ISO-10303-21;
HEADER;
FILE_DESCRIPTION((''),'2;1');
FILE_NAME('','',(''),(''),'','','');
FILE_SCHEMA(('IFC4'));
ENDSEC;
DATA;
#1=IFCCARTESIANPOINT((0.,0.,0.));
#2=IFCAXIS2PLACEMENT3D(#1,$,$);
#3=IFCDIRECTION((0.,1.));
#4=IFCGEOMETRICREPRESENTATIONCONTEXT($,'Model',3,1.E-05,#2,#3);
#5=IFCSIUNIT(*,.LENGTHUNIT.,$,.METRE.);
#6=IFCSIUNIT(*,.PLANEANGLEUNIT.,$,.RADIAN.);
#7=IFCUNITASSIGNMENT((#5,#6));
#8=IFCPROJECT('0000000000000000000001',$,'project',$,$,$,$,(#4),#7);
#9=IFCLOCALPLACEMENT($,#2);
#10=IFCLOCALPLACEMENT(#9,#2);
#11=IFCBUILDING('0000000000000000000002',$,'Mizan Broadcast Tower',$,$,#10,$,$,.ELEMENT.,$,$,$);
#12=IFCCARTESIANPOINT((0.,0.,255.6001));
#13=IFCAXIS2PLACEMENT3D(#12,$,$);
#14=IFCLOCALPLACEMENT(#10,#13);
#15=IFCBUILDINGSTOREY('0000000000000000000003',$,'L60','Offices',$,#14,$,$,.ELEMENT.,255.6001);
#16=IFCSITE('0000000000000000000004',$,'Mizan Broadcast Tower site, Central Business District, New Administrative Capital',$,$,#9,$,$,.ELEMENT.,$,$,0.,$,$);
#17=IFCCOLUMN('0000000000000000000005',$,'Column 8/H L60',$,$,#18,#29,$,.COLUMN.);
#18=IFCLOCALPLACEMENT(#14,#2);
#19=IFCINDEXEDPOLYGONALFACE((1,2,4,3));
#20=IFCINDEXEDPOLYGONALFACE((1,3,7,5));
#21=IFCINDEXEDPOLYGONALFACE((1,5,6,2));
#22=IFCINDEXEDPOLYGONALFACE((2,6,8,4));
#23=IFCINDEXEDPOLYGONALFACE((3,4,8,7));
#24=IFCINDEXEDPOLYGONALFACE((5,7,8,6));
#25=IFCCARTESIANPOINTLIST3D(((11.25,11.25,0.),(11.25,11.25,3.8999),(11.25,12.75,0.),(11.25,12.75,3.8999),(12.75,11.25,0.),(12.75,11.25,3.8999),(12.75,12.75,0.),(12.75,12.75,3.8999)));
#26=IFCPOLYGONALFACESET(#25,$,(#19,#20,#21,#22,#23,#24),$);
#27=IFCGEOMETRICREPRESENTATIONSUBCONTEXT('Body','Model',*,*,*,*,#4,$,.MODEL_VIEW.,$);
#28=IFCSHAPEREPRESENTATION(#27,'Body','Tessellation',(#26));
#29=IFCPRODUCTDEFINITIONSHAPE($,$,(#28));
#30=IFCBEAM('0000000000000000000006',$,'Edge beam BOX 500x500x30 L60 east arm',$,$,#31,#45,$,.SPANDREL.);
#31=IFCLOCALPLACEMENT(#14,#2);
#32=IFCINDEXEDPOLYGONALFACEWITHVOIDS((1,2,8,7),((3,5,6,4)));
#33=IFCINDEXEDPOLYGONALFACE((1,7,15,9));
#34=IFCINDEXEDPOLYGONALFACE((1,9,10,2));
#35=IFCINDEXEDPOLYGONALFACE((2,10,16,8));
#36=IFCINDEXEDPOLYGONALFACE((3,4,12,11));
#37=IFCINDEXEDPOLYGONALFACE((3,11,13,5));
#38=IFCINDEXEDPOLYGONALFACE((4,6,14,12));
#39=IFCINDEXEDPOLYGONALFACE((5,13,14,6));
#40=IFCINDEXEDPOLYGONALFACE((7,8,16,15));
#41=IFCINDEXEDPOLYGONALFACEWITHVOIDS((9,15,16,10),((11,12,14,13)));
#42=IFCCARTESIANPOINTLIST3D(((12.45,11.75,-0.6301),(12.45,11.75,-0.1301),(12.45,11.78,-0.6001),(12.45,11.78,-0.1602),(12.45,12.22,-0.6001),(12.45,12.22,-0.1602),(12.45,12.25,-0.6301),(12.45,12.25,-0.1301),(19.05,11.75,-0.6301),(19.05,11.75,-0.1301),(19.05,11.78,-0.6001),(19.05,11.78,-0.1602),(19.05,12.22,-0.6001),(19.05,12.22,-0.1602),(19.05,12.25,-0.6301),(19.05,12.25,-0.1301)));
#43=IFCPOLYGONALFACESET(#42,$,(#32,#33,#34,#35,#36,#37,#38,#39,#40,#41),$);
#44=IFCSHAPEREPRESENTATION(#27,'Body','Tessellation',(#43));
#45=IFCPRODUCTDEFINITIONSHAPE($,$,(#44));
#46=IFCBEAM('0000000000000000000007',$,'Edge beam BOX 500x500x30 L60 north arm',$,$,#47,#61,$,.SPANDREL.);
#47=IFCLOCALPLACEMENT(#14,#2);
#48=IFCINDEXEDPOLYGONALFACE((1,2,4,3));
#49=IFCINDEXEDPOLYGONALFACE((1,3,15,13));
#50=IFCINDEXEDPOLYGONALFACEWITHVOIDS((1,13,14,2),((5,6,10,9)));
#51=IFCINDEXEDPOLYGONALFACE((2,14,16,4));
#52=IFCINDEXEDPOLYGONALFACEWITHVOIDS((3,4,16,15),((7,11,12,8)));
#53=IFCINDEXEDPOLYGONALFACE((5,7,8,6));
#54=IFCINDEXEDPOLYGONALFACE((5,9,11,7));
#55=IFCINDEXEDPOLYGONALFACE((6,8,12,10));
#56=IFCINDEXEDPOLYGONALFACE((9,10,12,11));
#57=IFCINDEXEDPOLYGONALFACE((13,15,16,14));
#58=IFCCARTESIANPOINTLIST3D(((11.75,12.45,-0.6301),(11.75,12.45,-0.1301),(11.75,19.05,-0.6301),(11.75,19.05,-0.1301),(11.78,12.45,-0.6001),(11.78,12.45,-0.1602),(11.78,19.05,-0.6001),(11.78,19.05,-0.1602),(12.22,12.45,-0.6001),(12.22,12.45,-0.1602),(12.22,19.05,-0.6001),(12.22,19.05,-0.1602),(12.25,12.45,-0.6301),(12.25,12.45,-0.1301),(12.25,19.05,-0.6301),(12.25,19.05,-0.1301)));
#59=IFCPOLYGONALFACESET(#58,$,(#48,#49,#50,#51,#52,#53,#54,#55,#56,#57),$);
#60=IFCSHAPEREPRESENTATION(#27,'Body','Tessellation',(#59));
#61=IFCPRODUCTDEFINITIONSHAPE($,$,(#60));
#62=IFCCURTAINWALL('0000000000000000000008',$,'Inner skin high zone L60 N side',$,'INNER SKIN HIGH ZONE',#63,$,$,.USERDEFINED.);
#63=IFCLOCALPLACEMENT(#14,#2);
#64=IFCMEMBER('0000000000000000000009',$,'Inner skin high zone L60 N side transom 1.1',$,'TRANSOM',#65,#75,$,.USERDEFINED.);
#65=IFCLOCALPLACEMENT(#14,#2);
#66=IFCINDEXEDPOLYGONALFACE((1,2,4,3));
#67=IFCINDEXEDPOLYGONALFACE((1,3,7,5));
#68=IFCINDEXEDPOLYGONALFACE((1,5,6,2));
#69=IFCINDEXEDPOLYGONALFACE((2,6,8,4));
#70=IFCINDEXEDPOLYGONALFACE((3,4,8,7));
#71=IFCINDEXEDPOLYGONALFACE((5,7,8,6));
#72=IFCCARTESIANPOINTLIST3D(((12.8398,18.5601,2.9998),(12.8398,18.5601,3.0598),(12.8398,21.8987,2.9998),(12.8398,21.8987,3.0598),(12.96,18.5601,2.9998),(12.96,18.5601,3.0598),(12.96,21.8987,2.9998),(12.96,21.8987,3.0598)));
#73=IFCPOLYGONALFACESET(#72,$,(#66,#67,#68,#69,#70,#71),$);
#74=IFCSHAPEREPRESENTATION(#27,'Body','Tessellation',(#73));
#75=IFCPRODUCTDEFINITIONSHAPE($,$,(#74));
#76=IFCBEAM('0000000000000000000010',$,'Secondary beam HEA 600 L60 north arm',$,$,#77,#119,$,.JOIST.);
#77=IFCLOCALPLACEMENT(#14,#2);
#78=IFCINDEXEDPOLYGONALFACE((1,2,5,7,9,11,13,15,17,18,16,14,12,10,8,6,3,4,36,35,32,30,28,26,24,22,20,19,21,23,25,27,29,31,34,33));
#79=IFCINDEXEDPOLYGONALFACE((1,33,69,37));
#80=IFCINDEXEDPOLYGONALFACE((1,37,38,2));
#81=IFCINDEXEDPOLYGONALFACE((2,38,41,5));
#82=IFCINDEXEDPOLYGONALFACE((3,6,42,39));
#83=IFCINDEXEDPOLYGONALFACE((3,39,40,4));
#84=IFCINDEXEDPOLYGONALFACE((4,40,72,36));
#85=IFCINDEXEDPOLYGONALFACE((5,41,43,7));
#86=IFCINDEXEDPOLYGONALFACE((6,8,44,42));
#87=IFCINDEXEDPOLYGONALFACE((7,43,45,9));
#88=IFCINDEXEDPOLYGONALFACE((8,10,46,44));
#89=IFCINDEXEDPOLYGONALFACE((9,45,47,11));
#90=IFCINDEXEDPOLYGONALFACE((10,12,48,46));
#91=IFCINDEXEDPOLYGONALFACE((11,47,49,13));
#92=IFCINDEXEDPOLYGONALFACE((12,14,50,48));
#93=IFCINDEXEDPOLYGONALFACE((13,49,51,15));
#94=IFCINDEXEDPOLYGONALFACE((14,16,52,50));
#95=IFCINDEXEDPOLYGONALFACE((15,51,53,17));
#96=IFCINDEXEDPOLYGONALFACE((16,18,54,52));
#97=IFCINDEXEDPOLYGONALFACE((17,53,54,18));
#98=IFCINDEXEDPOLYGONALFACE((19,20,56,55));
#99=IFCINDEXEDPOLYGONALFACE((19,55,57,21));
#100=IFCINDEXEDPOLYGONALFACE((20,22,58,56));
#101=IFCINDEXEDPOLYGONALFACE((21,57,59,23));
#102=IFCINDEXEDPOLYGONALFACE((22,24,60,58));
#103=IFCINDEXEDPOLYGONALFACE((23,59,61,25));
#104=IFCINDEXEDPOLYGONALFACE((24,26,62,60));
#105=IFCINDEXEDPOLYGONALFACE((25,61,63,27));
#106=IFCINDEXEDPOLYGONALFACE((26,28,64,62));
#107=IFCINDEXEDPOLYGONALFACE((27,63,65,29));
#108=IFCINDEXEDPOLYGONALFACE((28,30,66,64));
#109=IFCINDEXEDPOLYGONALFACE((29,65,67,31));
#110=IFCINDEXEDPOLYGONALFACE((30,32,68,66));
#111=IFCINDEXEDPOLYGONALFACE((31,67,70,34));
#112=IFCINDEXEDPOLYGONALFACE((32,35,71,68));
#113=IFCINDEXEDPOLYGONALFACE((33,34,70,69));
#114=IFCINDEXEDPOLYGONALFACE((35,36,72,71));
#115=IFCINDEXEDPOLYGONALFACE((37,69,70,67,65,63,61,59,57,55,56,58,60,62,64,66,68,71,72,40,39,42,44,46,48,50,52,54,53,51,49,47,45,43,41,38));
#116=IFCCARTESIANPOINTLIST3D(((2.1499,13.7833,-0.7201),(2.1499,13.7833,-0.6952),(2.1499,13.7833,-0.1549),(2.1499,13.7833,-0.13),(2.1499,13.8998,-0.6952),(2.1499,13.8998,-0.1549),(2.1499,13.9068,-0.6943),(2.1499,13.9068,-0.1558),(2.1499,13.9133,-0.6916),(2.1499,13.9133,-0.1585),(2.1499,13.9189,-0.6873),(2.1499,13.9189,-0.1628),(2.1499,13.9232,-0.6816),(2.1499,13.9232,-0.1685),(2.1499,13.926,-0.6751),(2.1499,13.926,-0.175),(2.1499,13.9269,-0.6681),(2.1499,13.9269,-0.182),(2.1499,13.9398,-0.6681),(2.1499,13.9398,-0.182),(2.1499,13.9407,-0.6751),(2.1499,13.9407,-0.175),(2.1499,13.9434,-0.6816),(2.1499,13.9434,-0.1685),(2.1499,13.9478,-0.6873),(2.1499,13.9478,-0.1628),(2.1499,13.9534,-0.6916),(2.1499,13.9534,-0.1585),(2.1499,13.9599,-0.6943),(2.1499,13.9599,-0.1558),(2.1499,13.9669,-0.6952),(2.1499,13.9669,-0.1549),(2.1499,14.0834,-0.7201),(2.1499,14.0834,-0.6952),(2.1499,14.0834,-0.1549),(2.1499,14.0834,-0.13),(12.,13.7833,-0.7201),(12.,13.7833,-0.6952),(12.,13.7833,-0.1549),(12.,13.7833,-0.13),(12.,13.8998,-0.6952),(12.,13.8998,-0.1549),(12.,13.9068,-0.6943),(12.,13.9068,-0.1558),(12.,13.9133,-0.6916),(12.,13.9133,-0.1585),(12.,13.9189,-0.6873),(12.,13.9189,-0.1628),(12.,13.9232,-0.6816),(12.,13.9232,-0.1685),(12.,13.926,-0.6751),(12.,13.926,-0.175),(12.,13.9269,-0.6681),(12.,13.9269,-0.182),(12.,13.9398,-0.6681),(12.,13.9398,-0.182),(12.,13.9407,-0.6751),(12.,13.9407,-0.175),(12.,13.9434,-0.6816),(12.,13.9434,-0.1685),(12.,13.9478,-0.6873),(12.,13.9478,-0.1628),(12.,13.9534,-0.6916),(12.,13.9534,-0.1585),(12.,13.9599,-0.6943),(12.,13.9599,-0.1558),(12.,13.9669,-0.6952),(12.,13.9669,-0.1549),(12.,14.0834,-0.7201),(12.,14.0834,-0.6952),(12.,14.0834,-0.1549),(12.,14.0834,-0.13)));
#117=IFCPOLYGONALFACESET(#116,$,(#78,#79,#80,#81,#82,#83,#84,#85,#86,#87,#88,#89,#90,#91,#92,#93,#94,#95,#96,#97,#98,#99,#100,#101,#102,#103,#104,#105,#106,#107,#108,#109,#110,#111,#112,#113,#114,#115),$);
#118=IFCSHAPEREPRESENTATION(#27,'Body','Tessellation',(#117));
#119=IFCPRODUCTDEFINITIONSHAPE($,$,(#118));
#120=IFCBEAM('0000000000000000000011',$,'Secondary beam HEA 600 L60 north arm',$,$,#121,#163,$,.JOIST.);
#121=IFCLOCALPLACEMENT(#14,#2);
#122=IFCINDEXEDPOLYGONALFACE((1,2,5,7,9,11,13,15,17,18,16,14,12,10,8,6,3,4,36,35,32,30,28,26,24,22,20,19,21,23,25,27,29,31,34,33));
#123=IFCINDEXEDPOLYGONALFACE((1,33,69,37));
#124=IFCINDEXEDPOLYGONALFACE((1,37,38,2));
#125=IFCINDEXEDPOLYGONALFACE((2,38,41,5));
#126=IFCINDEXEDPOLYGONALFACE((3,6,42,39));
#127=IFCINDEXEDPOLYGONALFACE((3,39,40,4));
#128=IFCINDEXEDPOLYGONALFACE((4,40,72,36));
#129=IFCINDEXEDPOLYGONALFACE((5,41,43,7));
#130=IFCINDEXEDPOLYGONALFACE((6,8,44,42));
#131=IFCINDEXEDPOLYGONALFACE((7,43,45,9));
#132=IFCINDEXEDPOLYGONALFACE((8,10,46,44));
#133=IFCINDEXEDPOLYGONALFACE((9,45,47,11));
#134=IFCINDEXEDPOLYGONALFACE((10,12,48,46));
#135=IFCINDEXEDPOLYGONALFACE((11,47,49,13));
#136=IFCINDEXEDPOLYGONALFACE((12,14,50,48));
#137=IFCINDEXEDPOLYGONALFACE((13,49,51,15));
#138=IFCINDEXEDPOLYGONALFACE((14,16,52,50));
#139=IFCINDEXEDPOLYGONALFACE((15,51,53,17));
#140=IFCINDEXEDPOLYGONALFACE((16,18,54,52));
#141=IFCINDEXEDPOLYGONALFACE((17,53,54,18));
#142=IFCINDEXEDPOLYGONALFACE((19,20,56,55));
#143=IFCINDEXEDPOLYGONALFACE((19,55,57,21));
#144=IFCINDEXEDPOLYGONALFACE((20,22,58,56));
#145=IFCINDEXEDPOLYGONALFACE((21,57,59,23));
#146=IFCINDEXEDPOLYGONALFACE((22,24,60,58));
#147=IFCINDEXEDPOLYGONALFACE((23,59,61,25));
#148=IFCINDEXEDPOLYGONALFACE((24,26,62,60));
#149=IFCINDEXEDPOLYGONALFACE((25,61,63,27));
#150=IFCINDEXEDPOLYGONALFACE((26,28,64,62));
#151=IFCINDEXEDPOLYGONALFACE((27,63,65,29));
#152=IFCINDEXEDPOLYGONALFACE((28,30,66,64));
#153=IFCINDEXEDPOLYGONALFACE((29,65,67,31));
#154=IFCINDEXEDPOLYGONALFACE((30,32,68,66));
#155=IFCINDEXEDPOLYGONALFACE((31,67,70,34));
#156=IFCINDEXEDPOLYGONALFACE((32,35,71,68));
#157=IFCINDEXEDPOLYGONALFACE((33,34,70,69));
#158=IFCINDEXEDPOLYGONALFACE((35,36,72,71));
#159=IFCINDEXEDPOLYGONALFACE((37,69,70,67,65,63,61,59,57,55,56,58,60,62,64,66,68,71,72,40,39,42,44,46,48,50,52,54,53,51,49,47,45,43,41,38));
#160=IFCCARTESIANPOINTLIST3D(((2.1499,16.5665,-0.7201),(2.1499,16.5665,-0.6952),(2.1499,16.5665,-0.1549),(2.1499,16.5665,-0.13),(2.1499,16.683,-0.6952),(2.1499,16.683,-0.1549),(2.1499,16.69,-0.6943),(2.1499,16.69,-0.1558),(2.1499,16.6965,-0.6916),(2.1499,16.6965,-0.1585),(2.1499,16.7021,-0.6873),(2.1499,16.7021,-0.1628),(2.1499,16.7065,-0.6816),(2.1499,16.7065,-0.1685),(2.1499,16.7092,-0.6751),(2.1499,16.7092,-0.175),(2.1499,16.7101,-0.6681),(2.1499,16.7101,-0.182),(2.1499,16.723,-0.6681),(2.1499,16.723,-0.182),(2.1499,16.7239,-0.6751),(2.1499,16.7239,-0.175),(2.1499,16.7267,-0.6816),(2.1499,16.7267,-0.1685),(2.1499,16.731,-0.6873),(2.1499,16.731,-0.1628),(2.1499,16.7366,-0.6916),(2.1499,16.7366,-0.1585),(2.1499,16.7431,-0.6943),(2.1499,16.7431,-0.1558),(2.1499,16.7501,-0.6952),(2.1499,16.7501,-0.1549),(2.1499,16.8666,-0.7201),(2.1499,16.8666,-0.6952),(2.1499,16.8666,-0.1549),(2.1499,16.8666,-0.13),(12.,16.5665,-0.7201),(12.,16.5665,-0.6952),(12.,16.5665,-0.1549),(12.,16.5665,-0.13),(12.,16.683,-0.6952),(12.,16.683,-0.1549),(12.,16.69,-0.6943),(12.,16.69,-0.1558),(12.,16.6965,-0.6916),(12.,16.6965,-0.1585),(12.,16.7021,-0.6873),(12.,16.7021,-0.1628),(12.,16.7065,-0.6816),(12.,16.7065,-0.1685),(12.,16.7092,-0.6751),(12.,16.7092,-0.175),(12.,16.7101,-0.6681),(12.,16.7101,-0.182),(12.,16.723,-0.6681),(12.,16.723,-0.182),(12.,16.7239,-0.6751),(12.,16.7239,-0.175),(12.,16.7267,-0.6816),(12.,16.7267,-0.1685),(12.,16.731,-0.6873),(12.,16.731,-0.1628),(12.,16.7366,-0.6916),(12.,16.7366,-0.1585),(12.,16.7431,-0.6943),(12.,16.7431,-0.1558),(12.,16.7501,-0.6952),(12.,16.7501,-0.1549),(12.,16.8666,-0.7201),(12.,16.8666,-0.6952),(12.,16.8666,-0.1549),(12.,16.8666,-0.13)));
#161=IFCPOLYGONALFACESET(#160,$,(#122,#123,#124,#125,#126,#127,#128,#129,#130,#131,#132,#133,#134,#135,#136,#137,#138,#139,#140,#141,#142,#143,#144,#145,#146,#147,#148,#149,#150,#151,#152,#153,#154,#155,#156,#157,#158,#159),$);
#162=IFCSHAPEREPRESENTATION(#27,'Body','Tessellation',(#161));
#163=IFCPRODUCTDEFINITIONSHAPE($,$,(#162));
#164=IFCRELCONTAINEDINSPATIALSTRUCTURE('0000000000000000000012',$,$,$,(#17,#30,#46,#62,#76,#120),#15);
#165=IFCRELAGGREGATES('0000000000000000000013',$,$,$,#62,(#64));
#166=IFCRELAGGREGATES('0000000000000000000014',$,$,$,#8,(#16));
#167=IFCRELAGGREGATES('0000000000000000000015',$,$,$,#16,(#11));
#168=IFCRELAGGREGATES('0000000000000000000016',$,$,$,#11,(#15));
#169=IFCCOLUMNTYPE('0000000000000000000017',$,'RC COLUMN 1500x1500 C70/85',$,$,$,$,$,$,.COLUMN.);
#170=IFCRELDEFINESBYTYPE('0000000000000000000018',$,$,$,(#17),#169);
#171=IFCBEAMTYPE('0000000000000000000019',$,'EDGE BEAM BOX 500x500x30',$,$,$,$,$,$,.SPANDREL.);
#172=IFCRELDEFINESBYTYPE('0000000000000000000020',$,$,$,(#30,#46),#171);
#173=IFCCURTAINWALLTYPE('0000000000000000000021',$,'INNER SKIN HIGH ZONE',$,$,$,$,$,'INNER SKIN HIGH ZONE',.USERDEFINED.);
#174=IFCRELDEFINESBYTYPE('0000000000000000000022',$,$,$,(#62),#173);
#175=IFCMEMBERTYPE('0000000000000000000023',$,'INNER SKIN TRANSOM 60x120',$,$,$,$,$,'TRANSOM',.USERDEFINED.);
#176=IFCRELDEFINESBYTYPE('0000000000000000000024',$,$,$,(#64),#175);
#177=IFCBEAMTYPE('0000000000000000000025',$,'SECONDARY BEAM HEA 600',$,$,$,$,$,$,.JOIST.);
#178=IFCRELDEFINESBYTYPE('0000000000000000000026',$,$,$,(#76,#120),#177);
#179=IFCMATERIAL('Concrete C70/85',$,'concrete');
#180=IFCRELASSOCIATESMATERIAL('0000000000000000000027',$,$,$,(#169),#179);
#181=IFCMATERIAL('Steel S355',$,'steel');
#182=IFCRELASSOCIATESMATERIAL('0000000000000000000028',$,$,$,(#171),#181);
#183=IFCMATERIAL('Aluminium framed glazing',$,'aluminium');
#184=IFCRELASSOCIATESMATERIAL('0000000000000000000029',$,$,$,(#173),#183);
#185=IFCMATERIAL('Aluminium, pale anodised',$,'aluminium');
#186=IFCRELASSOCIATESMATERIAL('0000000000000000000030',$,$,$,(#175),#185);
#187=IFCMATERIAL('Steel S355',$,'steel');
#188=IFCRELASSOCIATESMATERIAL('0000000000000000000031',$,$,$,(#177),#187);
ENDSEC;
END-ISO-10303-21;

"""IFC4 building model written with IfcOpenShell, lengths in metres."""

from ifc_helpers import new_model, si_unit, direction, frame, origin, origin_2d, place, context, subcontext, project, spatial, rectangle, hollow_rectangle, i_section, extrude, material, material_profile, profile_set, type_object, element, aggregate, save


model = new_model("IFC4")

# Units and contexts
model_context = context("Model", 3, precision=1e-05, world=origin(), true_north=direction((0.0, 1.0)))
body_context = subcontext(model_context, "Body", "Model", "MODEL_VIEW")
ifc_project = project(units=[si_unit("LENGTHUNIT", "METRE"), si_unit("PLANEANGLEUNIT", "RADIAN")], contexts=[model_context])

# Site, building, storey
site_placement = place(None, origin())
site = spatial("IfcSite", under=ifc_project, at=site_placement, Name="Mizan Broadcast Tower site, Central Business District, New Administrative Capital", CompositionType="ELEMENT", RefElevation=0.0)
building_placement = place(site_placement, origin())
building = spatial("IfcBuilding", under=site, at=building_placement, Name="Mizan Broadcast Tower", CompositionType="ELEMENT")
storey_placement = place(building_placement, frame((0.0, 0.0, 255.6001)))
storey = spatial("IfcBuildingStorey", under=building, at=storey_placement, Name="L60", Description="Offices", CompositionType="ELEMENT", Elevation=255.6001)

# Column
ifc_material_1 = material(Name="Concrete C70/85", Category="concrete")
ifc_material_profile_1 = material_profile(ifc_material_1, rectangle(XDim=1.5, YDim=1.5, at=origin_2d()), Name="RC 1500x1500")
ifc_profile_set_1 = profile_set([ifc_material_profile_1], Name="Concrete C70/85")
column_type = type_object("IfcColumnType", Name="RC COLUMN 1500x1500 C70/85", PredefinedType="COLUMN", material=ifc_profile_set_1)
column_placement = place(storey_placement, frame((12.0, 12.0, 0.0), z_axis=(0.0, 0.0, 1.0), x_axis=(1.0, 0.0, 0.0)))
element("IfcColumn", 1, at=column_placement, inside=storey, type_object=column_type, Name="Column 8/H L60", PredefinedType="COLUMN", context=body_context, shape_type="SweptSolid", body=[
    extrude(rectangle(XDim=1.5, YDim=1.5, at=origin_2d()), origin(), (0.0, 0.0, 1.0), 3.8999),
])

# Beams
ifc_material_2 = material(Name="Steel S355", Category="steel")
ifc_material_profile_2 = material_profile(ifc_material_2, hollow_rectangle(XDim=0.5, YDim=0.5, WallThickness=0.03, at=origin_2d()), Name="BOX 500x500x30")
ifc_profile_set_2 = profile_set([ifc_material_profile_2], Name="Steel S355")
beam_type_1 = type_object("IfcBeamType", Name="EDGE BEAM BOX 500x500x30", PredefinedType="SPANDREL", material=ifc_profile_set_2)
for number, where, z_axis, x_axis, name in (
    (2, (12.45, 12.0, -0.3801), (1.0, 0.0, 0.0), (0.0, 1.0, 0.0), "Edge beam BOX 500x500x30 L60 east arm"),
    (3, (12.0, 12.45, -0.3801), (0.0, 1.0, 0.0), (-1.0, 0.0, 0.0), "Edge beam BOX 500x500x30 L60 north arm"),
):
    element("IfcBeam", number, at=place(storey_placement, frame(where, z_axis=z_axis, x_axis=x_axis)), inside=storey, type_object=beam_type_1, Name=name, PredefinedType="SPANDREL", context=body_context, shape_type="SweptSolid", body=[
        extrude(hollow_rectangle(XDim=0.5, YDim=0.5, WallThickness=0.03, at=origin_2d()), origin(), (0.0, 0.0, 1.0), 6.6001),
    ])

# Curtain wall, member
ifc_material_3 = material(Name="Aluminium framed glazing", Category="aluminium")
curtain_wall_type = type_object("IfcCurtainWallType", Name="INNER SKIN HIGH ZONE", ElementType="INNER SKIN HIGH ZONE", PredefinedType="USERDEFINED", material=ifc_material_3)
curtain_wall_placement = place(storey_placement, origin())
curtain_wall = element("IfcCurtainWall", 4, at=curtain_wall_placement, inside=storey, type_object=curtain_wall_type, Name="Inner skin high zone L60 N side", ObjectType="INNER SKIN HIGH ZONE", PredefinedType="USERDEFINED")
ifc_material_4 = material(Name="Aluminium, pale anodised", Category="aluminium")
ifc_material_profile_3 = material_profile(ifc_material_4, rectangle(XDim=0.1201, YDim=0.0601, at=origin_2d()), Name="TRANSOM 120x60")
ifc_profile_set_3 = profile_set([ifc_material_profile_3], Name="Aluminium, pale anodised")
member_type = type_object("IfcMemberType", Name="INNER SKIN TRANSOM 60x120", ElementType="TRANSOM", PredefinedType="USERDEFINED", material=ifc_profile_set_3)
member_placement = place(storey_placement, frame((12.8999, 18.5601, 3.0298), z_axis=(0.0, 1.0, 0.0), x_axis=(-1.0, 0.0, 0.0)))
member = element("IfcMember", 5, at=member_placement, type_object=member_type, Name="Inner skin high zone L60 N side transom 1.1", ObjectType="TRANSOM", PredefinedType="USERDEFINED", context=body_context, shape_type="SweptSolid", body=[
    extrude(rectangle(XDim=0.1201, YDim=0.0601, at=origin_2d()), origin(), (0.0, 0.0, 1.0), 3.3386),
])
aggregate(curtain_wall, [member])

# Beams
ifc_material_5 = material(Name="Steel S355", Category="steel")
ifc_material_profile_4 = material_profile(ifc_material_5, i_section(OverallWidth=0.3, OverallDepth=0.5901, WebThickness=0.0129, FlangeThickness=0.0249, FilletRadius=0.0271, at=origin_2d()), Name="HEA 600")
ifc_profile_set_4 = profile_set([ifc_material_profile_4], Name="Steel S355")
beam_type_2 = type_object("IfcBeamType", Name="SECONDARY BEAM HEA 600", PredefinedType="JOIST", material=ifc_profile_set_4)
for number, where, z_axis, x_axis, name in (
    (6, (12.0, 13.9333, -0.425), (-1.0, 0.0, 0.0), (0.0, -1.0, 0.0), "Secondary beam HEA 600 L60 north arm"),
    (7, (12.0, 16.7166, -0.425), (-1.0, 0.0, 0.0), (0.0, -1.0, 0.0), "Secondary beam HEA 600 L60 north arm"),
):
    element("IfcBeam", number, at=place(storey_placement, frame(where, z_axis=z_axis, x_axis=x_axis)), inside=storey, type_object=beam_type_2, Name=name, PredefinedType="JOIST", context=body_context, shape_type="SweptSolid", body=[
        extrude(i_section(OverallWidth=0.3, OverallDepth=0.5901, WebThickness=0.0129, FlangeThickness=0.0249, FilletRadius=0.0271, at=origin_2d()), origin(), (0.0, 0.0, 1.0), 9.8501),
    ])

save(model, "model.ifc")
